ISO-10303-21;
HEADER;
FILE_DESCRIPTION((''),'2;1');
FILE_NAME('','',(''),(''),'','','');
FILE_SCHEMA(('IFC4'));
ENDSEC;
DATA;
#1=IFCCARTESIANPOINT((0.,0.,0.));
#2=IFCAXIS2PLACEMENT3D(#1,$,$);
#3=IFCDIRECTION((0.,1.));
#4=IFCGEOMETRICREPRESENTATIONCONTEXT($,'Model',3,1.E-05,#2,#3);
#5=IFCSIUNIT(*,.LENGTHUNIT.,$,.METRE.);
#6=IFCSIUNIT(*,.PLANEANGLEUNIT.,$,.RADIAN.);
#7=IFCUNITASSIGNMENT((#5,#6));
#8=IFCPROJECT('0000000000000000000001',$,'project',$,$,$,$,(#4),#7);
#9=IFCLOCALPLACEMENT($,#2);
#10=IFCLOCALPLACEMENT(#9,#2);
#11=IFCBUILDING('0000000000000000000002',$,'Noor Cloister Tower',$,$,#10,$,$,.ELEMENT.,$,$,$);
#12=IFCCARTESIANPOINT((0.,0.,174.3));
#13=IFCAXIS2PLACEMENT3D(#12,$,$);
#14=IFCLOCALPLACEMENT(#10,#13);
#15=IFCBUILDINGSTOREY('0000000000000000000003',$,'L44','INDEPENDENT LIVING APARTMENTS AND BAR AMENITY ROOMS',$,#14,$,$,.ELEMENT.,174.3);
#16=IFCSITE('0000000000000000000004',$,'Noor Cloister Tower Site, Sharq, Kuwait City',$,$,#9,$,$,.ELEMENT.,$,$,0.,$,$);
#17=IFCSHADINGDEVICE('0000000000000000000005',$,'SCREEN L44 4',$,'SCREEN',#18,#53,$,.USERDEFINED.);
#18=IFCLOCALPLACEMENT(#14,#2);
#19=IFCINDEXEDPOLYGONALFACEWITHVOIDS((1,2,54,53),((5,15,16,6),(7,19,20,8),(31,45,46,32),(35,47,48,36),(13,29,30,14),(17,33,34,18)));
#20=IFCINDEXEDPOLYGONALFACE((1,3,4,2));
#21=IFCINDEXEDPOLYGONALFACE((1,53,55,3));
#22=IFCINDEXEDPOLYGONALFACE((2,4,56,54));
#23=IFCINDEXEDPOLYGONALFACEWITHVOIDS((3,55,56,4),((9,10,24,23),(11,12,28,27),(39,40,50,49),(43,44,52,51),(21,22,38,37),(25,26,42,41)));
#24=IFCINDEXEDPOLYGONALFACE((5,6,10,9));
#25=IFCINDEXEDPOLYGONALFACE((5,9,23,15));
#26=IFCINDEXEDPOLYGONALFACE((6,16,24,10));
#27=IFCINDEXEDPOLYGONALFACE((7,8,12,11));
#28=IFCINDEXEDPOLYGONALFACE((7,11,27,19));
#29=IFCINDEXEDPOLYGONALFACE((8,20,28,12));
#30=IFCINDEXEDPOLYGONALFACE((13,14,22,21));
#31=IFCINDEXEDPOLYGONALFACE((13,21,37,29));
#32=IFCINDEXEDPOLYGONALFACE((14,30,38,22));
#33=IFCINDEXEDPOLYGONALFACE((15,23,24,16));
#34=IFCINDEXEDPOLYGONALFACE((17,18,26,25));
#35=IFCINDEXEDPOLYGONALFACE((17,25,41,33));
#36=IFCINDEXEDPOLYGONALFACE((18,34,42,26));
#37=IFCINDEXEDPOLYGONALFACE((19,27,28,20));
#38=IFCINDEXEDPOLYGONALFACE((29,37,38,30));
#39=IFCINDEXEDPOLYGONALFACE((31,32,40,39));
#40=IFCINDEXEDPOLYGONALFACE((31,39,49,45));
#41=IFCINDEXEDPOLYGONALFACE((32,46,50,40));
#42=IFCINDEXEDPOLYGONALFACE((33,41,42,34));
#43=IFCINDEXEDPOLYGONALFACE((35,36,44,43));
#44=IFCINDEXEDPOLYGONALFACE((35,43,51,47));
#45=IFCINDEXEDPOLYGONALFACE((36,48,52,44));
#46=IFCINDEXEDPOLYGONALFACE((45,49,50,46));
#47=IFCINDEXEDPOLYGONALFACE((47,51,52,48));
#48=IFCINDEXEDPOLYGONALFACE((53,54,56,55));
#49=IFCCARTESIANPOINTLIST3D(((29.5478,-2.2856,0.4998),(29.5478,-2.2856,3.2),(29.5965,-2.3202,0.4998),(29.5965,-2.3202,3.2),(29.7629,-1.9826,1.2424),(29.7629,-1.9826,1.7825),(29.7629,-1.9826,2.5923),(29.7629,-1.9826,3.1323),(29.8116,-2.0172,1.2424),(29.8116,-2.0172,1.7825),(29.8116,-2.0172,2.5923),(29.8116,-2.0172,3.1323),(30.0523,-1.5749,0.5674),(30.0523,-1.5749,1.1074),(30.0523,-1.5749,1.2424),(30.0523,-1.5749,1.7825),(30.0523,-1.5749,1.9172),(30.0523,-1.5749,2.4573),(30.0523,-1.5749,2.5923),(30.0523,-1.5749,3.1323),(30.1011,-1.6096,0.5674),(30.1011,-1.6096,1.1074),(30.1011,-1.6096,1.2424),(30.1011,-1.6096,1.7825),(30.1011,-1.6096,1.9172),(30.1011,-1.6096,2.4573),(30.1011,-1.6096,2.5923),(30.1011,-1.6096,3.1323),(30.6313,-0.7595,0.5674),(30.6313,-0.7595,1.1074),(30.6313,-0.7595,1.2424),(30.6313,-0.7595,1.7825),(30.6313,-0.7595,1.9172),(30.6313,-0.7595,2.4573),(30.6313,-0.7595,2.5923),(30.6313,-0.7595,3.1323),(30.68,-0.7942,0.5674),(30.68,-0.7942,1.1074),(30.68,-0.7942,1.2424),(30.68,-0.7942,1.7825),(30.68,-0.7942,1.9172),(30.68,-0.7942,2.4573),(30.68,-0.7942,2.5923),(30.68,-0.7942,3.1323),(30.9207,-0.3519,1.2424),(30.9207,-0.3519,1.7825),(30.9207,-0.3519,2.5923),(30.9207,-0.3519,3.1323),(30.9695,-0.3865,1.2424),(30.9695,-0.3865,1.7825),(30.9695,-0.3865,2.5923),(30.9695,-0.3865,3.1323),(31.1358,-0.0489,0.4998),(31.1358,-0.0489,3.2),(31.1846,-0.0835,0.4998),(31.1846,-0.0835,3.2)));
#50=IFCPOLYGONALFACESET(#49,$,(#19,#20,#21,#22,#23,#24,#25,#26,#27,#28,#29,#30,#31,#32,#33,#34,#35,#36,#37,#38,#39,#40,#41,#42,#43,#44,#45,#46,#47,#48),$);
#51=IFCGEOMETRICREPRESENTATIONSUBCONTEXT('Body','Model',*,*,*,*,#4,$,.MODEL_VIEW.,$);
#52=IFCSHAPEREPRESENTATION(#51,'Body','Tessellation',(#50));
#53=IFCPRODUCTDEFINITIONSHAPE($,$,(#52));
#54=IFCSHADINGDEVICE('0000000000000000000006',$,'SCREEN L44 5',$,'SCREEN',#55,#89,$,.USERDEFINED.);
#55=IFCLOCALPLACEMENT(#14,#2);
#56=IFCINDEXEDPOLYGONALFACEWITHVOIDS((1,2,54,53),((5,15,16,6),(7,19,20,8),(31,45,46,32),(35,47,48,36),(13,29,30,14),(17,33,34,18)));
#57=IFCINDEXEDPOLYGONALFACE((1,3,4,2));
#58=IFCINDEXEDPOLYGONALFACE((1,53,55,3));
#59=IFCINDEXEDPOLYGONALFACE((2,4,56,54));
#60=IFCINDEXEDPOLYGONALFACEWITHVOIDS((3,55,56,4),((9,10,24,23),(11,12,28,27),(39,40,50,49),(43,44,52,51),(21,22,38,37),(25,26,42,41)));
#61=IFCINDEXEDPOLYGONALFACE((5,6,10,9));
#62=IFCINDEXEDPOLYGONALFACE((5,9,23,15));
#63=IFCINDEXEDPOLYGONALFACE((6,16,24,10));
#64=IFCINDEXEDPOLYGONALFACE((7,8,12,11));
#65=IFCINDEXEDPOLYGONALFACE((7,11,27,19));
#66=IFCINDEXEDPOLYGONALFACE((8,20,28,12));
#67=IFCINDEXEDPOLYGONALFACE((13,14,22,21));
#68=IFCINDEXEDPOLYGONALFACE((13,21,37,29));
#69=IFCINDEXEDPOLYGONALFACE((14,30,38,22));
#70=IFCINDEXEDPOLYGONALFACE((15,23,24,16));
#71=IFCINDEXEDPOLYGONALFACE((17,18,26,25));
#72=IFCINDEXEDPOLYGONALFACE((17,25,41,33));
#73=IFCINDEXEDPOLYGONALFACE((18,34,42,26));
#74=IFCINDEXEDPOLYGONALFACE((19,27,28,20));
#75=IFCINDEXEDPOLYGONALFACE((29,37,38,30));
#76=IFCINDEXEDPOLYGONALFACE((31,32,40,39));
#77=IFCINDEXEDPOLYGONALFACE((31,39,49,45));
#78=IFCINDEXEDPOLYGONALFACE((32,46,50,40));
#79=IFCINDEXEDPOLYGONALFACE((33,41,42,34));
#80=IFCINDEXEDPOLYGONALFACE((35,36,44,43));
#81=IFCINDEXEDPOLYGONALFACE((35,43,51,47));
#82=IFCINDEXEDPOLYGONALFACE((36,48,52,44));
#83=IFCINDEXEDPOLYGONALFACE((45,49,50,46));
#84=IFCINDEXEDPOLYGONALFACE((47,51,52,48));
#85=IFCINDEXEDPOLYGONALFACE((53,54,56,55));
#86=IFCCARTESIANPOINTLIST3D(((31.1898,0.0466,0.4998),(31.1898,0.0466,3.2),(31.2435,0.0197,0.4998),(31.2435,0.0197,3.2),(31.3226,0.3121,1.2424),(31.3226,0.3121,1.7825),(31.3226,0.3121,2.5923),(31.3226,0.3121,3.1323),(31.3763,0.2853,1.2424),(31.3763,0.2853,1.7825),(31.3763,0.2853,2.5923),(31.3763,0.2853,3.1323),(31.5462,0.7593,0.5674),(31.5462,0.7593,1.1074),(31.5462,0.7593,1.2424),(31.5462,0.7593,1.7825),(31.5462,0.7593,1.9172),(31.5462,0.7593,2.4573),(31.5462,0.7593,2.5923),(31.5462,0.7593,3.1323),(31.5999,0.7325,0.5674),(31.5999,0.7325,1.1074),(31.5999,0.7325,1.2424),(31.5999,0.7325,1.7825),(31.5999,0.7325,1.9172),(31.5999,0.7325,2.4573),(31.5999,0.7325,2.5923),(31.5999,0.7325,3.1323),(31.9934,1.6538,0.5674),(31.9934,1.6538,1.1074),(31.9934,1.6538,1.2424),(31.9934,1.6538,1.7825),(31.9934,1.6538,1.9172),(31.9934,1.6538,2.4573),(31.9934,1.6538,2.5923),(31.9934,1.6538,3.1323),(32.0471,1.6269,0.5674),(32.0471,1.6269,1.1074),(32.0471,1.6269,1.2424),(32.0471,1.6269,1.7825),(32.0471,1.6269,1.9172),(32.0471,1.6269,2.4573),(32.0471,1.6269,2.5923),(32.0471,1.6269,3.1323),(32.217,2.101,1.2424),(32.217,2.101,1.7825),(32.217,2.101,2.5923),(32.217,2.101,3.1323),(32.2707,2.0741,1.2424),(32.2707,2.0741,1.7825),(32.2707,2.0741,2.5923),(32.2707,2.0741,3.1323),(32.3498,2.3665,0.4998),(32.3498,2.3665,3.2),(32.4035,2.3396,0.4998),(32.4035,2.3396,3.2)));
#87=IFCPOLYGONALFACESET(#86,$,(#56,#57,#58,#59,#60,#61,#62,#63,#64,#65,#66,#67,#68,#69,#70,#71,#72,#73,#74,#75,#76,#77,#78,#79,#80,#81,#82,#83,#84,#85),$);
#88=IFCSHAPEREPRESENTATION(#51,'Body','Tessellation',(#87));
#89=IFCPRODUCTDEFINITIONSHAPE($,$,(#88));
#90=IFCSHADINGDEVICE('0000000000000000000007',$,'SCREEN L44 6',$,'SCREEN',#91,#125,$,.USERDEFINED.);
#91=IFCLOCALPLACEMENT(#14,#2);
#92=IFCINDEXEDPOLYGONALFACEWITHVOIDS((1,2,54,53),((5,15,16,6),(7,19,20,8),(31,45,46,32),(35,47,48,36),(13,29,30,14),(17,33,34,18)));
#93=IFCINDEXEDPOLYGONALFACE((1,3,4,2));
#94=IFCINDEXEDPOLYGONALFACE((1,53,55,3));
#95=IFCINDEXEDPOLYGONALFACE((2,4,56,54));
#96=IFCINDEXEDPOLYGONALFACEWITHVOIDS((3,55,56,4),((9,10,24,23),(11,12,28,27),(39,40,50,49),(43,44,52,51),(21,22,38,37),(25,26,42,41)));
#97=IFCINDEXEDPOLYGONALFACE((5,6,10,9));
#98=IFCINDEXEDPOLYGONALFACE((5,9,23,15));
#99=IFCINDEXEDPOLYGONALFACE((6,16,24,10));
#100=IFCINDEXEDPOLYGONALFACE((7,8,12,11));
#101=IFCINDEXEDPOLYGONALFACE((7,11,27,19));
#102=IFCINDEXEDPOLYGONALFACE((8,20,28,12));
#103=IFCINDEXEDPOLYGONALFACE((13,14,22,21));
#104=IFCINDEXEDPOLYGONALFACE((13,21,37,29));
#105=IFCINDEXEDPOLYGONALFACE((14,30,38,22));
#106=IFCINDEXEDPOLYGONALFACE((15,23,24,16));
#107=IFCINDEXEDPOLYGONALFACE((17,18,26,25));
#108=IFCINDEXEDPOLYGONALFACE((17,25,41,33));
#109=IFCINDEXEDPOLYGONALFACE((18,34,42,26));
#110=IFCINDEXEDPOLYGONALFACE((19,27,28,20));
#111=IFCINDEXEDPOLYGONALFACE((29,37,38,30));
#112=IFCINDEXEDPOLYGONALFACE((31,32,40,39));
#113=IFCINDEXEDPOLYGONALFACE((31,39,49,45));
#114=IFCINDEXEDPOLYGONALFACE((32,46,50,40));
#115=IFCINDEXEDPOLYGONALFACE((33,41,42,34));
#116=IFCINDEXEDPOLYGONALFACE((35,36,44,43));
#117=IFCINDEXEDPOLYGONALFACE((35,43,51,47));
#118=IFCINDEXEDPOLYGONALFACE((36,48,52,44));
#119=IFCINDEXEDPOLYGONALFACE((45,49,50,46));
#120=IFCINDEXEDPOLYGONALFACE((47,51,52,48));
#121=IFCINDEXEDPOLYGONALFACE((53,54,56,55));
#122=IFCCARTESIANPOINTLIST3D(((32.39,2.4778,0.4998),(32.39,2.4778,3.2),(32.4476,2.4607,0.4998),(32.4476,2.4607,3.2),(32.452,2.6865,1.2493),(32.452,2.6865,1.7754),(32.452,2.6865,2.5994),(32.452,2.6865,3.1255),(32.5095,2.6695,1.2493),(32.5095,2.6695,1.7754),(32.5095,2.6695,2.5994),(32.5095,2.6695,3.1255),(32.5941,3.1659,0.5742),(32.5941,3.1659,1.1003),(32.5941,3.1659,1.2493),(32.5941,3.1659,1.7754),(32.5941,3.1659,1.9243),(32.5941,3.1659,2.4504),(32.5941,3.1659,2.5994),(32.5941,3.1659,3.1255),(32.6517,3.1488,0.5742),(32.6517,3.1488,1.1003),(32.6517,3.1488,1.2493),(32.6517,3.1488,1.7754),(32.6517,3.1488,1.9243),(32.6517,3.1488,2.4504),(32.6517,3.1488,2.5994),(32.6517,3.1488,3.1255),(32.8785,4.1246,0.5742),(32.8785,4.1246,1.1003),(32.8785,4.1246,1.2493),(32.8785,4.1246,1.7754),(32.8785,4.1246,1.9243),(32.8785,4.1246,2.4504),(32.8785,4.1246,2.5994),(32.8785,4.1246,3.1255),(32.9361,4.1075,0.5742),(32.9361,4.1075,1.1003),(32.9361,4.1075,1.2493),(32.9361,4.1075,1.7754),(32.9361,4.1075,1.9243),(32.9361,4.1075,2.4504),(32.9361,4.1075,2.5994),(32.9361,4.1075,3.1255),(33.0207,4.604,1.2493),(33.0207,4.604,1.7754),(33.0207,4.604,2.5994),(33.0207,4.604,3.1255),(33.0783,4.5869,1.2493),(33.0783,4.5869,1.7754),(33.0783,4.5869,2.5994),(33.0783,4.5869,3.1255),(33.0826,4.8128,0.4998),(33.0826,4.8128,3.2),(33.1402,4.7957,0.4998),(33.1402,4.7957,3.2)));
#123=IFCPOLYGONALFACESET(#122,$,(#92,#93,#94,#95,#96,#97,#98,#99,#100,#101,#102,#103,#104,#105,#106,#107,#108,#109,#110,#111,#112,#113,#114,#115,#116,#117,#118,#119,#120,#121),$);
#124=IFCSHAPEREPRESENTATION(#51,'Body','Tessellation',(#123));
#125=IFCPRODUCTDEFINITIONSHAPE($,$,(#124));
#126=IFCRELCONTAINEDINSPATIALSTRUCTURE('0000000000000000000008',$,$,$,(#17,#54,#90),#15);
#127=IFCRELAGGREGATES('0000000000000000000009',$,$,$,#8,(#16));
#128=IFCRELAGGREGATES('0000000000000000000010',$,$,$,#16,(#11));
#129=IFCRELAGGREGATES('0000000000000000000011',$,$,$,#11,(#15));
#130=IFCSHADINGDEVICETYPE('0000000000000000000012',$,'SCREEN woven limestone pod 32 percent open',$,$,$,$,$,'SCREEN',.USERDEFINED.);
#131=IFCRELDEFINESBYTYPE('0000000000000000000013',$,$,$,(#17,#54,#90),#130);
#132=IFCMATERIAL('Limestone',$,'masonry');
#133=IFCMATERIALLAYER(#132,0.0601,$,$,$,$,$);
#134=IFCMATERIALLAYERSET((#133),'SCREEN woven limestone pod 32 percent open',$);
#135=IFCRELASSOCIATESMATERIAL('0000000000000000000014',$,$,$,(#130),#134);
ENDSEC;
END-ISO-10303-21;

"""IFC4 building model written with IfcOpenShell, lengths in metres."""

from ifc_helpers import new_model, si_unit, direction, frame, origin, place, context, subcontext, project, spatial, polyline, outline, extrude, material, layer, layer_set, type_object, element, save


model = new_model("IFC4")

# Units and contexts
model_context = context("Model", 3, precision=1e-05, world=origin(), true_north=direction((0.0, 1.0)))
body_context = subcontext(model_context, "Body", "Model", "MODEL_VIEW")
ifc_project = project(units=[si_unit("LENGTHUNIT", "METRE"), si_unit("PLANEANGLEUNIT", "RADIAN")], contexts=[model_context])

# Site, building, storey
site_placement = place(None, origin())
site = spatial("IfcSite", under=ifc_project, at=site_placement, Name="Noor Cloister Tower Site, Sharq, Kuwait City", CompositionType="ELEMENT", RefElevation=0.0)
building_placement = place(site_placement, origin())
building = spatial("IfcBuilding", under=site, at=building_placement, Name="Noor Cloister Tower", CompositionType="ELEMENT")
storey_placement = place(building_placement, frame((0.0, 0.0, 174.3)))
storey = spatial("IfcBuildingStorey", under=building, at=storey_placement, Name="L44", Description="INDEPENDENT LIVING APARTMENTS AND BAR AMENITY ROOMS", CompositionType="ELEMENT", Elevation=174.3)

# Shading devices
ifc_material_1 = material(Name="Limestone", Category="masonry")
ifc_layer_1 = layer(ifc_material_1, 0.0601)
ifc_layer_set_1 = layer_set([ifc_layer_1], Name="SCREEN woven limestone pod 32 percent open")
shading_device_type = type_object("IfcShadingDeviceType", Name="SCREEN woven limestone pod 32 percent open", ElementType="SCREEN", PredefinedType="USERDEFINED", material=ifc_layer_set_1)
shading_device_1_placement = place(storey_placement, frame((30.3418, -1.1672, 1.8499), z_axis=(0.815383, -0.578922, 0.0), x_axis=(0.578922, 0.815383, 0.0)))
element("IfcShadingDevice", 1, at=shading_device_1_placement, inside=storey, type_object=shading_device_type, Name="SCREEN L44 4", ObjectType="SCREEN", PredefinedType="USERDEFINED", context=body_context, shape_type="SweptSolid", body=[
    extrude(outline(polyline([(-1.3716, -1.3501), (1.3716, -1.3501), (1.3716, 1.3501), (-1.3716, 1.3501), (-1.3716, -1.3501)]), holes=[polyline([(-0.5, -1.2825), (0.5, -1.2825), (0.5, -0.7424), (-0.5, -0.7424), (-0.5, -1.2825)]), polyline([(-1.0, -0.6074), (-0.5, -0.6074), (-0.5, -0.0674), (-1.0, -0.0674), (-1.0, -0.6074)]), polyline([(0.5, -0.6074), (1.0, -0.6074), (1.0, -0.0674), (0.5, -0.0674), (0.5, -0.6074)]), polyline([(-0.5, 0.0674), (0.5, 0.0674), (0.5, 0.6074), (-0.5, 0.6074), (-0.5, 0.0674)]), polyline([(-1.0, 0.7424), (-0.5, 0.7424), (-0.5, 1.2825), (-1.0, 1.2825), (-1.0, 0.7424)]), polyline([(0.5, 0.7424), (1.0, 0.7424), (1.0, 1.2825), (0.5, 1.2825), (0.5, 0.7424)])]), origin(), (0.0, 0.0, 1.0), 0.0598),
])
shading_device_2_placement = place(storey_placement, frame((31.7698, 1.2065, 1.8499), z_axis=(0.894427, -0.447214, 0.0), x_axis=(0.447214, 0.894427, 0.0)))
element("IfcShadingDevice", 2, at=shading_device_2_placement, inside=storey, type_object=shading_device_type, Name="SCREEN L44 5", ObjectType="SCREEN", PredefinedType="USERDEFINED", context=body_context, shape_type="SweptSolid", body=[
    extrude(outline(polyline([(-1.2969, -1.3501), (1.2969, -1.3501), (1.2969, 1.3501), (-1.2969, 1.3501), (-1.2969, -1.3501)]), holes=[polyline([(-0.5, -1.2825), (0.5, -1.2825), (0.5, -0.7424), (-0.5, -0.7424), (-0.5, -1.2825)]), polyline([(-1.0, -0.6074), (-0.5, -0.6074), (-0.5, -0.0674), (-1.0, -0.0674), (-1.0, -0.6074)]), polyline([(0.5, -0.6074), (1.0, -0.6074), (1.0, -0.0674), (0.5, -0.0674), (0.5, -0.6074)]), polyline([(-0.5, 0.0674), (0.5, 0.0674), (0.5, 0.6074), (-0.5, 0.6074), (-0.5, 0.0674)]), polyline([(-1.0, 0.7424), (-0.5, 0.7424), (-0.5, 1.2825), (-1.0, 1.2825), (-1.0, 0.7424)]), polyline([(0.5, 0.7424), (1.0, 0.7424), (1.0, 1.2825), (0.5, 1.2825), (0.5, 0.7424)])]), origin(), (0.0, 0.0, 1.0), 0.0601),
])
shading_device_3_placement = place(storey_placement, frame((32.7363, 3.6453, 1.8499), z_axis=(0.958716, -0.284365, 0.0), x_axis=(0.284365, 0.958716, 0.0)))
element("IfcShadingDevice", 3, at=shading_device_3_placement, inside=storey, type_object=shading_device_type, Name="SCREEN L44 6", ObjectType="SCREEN", PredefinedType="USERDEFINED", context=body_context, shape_type="SweptSolid", body=[
    extrude(outline(polyline([(-1.2178, -1.3501), (1.2178, -1.3501), (1.2178, 1.3501), (-1.2178, 1.3501), (-1.2178, -1.3501)]), holes=[polyline([(-0.5, -1.2756), (0.5, -1.2756), (0.5, -0.7495), (-0.5, -0.7495), (-0.5, -1.2756)]), polyline([(-1.0, -0.6006), (-0.5, -0.6006), (-0.5, -0.0745), (-1.0, -0.0745), (-1.0, -0.6006)]), polyline([(0.5, -0.6006), (1.0, -0.6006), (1.0, -0.0745), (0.5, -0.0745), (0.5, -0.6006)]), polyline([(-0.5, 0.0745), (0.5, 0.0745), (0.5, 0.6006), (-0.5, 0.6006), (-0.5, 0.0745)]), polyline([(-1.0, 0.7495), (-0.5, 0.7495), (-0.5, 1.2756), (-1.0, 1.2756), (-1.0, 0.7495)]), polyline([(0.5, 0.7495), (1.0, 0.7495), (1.0, 1.2756), (0.5, 1.2756), (0.5, 0.7495)])]), origin(), (0.0, 0.0, 1.0), 0.0601),
])

save(model, "model.ifc")
